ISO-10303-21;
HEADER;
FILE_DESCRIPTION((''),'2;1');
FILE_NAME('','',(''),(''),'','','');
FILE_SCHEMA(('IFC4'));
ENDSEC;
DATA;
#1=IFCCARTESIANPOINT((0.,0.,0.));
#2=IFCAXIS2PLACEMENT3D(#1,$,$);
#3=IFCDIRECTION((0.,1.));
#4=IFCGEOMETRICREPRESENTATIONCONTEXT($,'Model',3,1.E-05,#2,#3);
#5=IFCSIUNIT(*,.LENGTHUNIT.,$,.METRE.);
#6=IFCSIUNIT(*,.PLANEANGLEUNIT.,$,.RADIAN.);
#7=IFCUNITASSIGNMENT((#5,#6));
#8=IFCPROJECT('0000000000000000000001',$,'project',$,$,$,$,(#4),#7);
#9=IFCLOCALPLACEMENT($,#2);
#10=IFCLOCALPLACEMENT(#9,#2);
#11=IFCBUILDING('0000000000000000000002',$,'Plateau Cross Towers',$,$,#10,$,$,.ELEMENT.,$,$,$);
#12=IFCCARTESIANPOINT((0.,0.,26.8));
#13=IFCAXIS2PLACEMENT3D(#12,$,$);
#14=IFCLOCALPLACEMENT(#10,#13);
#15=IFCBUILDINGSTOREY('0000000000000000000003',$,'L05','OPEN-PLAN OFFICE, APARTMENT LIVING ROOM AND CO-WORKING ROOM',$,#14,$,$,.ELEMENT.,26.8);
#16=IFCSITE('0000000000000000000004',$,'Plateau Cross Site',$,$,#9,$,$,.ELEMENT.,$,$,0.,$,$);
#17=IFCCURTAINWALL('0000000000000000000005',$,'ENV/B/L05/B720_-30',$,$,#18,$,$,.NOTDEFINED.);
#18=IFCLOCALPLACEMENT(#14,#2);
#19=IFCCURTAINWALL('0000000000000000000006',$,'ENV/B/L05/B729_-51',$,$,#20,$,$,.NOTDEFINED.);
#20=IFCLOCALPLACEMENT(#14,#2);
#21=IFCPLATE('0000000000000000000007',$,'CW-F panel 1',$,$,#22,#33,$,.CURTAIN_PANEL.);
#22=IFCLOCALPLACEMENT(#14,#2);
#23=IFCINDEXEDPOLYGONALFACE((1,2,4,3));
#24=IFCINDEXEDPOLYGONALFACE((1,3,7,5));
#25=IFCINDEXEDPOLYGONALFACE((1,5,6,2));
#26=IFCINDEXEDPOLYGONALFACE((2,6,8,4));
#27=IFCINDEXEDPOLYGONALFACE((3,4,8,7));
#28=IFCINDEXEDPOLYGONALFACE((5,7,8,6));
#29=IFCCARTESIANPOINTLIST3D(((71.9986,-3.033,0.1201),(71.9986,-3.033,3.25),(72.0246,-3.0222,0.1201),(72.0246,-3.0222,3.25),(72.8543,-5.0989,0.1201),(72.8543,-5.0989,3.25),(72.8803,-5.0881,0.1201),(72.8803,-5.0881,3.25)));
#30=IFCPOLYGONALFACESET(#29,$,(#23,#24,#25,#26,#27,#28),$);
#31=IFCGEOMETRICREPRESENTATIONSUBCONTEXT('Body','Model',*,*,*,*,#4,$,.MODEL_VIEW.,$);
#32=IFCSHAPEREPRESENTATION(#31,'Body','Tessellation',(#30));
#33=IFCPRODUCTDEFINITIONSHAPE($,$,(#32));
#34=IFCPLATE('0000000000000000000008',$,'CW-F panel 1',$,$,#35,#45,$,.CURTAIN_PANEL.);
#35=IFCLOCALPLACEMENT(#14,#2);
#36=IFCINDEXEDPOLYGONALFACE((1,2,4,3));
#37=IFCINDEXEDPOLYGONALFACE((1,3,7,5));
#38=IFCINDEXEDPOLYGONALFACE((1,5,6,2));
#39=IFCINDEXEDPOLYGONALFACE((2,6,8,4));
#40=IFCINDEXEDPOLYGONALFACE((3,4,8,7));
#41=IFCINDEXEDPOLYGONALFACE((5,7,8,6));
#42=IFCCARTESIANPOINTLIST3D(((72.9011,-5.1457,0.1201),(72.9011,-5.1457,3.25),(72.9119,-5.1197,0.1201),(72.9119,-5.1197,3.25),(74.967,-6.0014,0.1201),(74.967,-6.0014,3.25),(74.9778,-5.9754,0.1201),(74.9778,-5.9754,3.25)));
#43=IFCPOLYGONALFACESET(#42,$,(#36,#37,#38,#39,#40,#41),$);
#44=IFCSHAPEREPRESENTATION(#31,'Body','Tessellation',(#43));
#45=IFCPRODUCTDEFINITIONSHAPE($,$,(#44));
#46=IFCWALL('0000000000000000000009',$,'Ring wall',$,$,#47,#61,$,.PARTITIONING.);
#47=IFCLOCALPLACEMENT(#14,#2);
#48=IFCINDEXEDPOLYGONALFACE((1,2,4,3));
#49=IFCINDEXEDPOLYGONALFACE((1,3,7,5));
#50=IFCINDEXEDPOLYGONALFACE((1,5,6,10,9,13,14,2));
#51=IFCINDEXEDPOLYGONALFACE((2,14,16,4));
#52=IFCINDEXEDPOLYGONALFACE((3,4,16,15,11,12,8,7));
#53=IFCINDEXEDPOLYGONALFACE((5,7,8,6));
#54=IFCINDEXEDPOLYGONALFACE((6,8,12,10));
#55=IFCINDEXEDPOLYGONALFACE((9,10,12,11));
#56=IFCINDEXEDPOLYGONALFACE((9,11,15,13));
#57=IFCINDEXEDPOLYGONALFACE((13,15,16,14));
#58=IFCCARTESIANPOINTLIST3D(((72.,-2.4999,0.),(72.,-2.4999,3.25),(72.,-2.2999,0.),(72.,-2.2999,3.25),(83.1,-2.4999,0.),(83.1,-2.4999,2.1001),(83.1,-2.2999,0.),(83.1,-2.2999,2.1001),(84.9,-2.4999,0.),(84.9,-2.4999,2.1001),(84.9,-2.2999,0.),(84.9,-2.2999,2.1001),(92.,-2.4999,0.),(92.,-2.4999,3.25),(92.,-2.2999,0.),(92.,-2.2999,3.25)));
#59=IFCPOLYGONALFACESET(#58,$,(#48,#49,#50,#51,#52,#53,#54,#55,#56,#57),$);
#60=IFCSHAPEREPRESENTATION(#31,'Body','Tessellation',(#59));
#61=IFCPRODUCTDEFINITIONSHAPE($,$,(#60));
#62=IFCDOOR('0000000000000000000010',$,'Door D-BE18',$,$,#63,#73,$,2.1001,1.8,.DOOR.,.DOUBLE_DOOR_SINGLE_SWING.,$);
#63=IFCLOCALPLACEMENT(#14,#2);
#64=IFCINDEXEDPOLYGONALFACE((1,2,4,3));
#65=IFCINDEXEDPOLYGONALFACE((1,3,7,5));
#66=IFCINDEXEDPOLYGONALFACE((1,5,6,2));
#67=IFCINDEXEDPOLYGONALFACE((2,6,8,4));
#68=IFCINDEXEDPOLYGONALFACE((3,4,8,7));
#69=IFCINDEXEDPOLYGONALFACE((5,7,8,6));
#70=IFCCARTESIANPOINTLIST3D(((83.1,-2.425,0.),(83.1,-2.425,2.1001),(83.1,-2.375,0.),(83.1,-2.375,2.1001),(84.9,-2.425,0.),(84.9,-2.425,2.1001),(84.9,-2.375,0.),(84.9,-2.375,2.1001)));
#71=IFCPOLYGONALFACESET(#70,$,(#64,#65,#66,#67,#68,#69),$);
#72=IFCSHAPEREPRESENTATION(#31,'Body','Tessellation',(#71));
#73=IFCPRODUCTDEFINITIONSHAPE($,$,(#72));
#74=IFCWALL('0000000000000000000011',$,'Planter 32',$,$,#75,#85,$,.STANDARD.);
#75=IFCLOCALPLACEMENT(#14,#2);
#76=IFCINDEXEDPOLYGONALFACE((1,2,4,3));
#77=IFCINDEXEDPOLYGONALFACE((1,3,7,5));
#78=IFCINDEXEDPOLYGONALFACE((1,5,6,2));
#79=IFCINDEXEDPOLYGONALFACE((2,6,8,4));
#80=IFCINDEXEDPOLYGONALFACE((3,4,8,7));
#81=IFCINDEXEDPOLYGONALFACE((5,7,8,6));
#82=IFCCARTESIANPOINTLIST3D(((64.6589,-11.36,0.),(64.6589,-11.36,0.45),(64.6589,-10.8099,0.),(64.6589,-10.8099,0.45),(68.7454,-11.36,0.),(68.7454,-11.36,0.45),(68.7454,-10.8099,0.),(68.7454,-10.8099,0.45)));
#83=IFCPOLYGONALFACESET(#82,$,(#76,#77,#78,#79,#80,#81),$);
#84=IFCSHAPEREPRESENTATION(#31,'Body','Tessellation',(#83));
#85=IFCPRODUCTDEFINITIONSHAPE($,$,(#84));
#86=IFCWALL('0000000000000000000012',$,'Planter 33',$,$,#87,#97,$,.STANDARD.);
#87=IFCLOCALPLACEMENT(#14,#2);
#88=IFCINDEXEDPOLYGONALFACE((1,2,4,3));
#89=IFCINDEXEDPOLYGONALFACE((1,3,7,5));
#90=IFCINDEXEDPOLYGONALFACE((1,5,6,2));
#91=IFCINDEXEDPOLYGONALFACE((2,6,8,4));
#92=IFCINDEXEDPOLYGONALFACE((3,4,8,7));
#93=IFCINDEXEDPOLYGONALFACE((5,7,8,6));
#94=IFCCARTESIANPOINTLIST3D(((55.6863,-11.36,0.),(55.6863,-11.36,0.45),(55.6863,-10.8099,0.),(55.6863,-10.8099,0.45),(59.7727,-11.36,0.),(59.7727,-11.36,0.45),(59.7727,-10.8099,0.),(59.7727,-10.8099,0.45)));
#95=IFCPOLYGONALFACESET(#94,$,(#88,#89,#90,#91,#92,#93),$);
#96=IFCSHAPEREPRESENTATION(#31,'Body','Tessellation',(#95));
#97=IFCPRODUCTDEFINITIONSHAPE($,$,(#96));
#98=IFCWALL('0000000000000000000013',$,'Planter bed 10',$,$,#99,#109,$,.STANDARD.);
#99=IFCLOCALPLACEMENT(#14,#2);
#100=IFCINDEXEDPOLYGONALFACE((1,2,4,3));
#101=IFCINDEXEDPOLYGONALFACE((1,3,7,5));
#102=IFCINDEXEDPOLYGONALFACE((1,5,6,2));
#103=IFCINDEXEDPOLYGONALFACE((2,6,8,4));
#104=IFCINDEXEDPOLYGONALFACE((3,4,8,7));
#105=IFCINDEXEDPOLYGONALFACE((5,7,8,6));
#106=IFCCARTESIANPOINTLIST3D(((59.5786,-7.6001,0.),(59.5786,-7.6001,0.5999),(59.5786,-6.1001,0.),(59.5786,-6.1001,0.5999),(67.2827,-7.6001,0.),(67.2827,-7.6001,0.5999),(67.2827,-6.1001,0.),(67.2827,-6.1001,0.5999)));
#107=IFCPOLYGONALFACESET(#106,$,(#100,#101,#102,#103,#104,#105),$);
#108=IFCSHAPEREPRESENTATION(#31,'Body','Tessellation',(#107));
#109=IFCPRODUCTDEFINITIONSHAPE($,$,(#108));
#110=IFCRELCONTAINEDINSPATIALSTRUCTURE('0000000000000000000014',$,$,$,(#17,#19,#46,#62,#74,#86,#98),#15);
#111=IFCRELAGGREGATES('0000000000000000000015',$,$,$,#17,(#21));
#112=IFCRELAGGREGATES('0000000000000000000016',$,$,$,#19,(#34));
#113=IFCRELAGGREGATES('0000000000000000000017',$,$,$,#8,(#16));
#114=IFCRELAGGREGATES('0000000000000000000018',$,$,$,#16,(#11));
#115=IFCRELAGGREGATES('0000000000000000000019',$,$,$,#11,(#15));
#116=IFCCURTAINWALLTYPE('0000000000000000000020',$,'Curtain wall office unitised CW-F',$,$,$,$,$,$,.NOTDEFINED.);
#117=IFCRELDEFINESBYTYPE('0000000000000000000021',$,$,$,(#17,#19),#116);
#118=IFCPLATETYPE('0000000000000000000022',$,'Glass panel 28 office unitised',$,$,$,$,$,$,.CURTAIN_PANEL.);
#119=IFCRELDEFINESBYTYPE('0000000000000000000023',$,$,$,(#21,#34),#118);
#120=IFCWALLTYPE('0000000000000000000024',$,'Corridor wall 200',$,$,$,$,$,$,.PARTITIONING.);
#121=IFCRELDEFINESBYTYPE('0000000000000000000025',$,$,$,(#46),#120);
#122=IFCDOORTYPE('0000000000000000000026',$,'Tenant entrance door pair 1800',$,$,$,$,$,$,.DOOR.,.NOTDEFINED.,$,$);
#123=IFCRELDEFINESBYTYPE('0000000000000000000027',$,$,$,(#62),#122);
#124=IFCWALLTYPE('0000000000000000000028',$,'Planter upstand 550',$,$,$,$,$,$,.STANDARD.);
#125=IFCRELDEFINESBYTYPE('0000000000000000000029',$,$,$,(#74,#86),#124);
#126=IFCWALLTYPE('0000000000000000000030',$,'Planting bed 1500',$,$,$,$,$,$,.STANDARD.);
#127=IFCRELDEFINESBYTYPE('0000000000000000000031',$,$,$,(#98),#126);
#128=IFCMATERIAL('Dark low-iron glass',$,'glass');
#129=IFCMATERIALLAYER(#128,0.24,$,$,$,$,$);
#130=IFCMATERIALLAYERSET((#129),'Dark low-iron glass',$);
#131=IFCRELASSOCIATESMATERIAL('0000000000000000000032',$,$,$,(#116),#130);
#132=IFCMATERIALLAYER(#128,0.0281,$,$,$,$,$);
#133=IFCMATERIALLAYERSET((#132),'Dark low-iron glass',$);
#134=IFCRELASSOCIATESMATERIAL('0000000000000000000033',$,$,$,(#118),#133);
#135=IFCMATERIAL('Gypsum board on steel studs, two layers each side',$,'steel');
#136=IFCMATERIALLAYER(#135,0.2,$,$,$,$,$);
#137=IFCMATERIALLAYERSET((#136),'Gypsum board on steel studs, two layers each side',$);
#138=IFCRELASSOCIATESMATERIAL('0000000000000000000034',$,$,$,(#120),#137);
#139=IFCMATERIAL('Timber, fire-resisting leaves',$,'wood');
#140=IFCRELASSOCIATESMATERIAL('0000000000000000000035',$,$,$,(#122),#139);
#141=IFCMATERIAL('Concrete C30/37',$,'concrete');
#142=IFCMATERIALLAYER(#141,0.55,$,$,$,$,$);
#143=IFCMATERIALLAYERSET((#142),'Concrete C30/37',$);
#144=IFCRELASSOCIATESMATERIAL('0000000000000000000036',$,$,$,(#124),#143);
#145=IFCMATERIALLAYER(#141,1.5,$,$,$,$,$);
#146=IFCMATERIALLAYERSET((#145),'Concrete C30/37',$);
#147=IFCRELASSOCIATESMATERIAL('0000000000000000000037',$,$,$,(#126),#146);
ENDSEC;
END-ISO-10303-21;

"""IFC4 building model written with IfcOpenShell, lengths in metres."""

from ifc_helpers import new_model, si_unit, direction, frame, frame_2d, origin, origin_2d, place, context, subcontext, project, spatial, rectangle, extrude, material, layer, layer_set, type_object, element, fill, aggregate, save


model = new_model("IFC4")

# Units and contexts
model_context = context("Model", 3, precision=1e-05, world=origin(), true_north=direction((0.0, 1.0)))
body_context = subcontext(model_context, "Body", "Model", "MODEL_VIEW")
ifc_project = project(units=[si_unit("LENGTHUNIT", "METRE"), si_unit("PLANEANGLEUNIT", "RADIAN")], contexts=[model_context])

# Site, building, storey
site_placement = place(None, origin())
site = spatial("IfcSite", under=ifc_project, at=site_placement, Name="Plateau Cross Site", CompositionType="ELEMENT", RefElevation=0.0)
building_placement = place(site_placement, origin())
building = spatial("IfcBuilding", under=site, at=building_placement, Name="Plateau Cross Towers", CompositionType="ELEMENT")
storey_placement = place(building_placement, frame((0.0, 0.0, 26.8)))
storey = spatial("IfcBuildingStorey", under=building, at=storey_placement, Name="L05", Description="OPEN-PLAN OFFICE, APARTMENT LIVING ROOM AND CO-WORKING ROOM", CompositionType="ELEMENT", Elevation=26.8)

# Shared definitions
ifc_material_1 = material(Name="Dark low-iron glass", Category="glass")
ifc_layer_1 = layer(ifc_material_1, 0.24)
ifc_layer_set_1 = layer_set([ifc_layer_1], Name="Dark low-iron glass")
curtain_wall_type = type_object("IfcCurtainWallType", Name="Curtain wall office unitised CW-F", PredefinedType="NOTDEFINED", material=ifc_layer_set_1)

# Curtain walls
curtain_wall_1_placement = place(storey_placement, origin())
curtain_wall_1 = element("IfcCurtainWall", 1, at=curtain_wall_1_placement, inside=storey, type_object=curtain_wall_type, Name="ENV/B/L05/B720_-30", PredefinedType="NOTDEFINED")
curtain_wall_2_placement = place(storey_placement, origin())
curtain_wall_2 = element("IfcCurtainWall", 2, at=curtain_wall_2_placement, inside=storey, type_object=curtain_wall_type, Name="ENV/B/L05/B729_-51", PredefinedType="NOTDEFINED")

# Plates
ifc_layer_2 = layer(ifc_material_1, 0.0281)
ifc_layer_set_2 = layer_set([ifc_layer_2], Name="Dark low-iron glass")
plate_type = type_object("IfcPlateType", Name="Glass panel 28 office unitised", PredefinedType="CURTAIN_PANEL", material=ifc_layer_set_2)
plate_1_placement = place(storey_placement, frame((72.4395, -4.0605, 0.1201), z_axis=(0.0, 0.0, 1.0), x_axis=(0.382684, -0.923879, 0.0)))
plate_1 = element("IfcPlate", 3, at=plate_1_placement, type_object=plate_type, Name="CW-F panel 1", PredefinedType="CURTAIN_PANEL", context=body_context, shape_type="SweptSolid", body=[
    extrude(rectangle(XDim=2.2361, YDim=0.0281, at=origin_2d()), origin(), (0.0, 0.0, 1.0), 3.1299),
])
aggregate(curtain_wall_1, [plate_1])
plate_2_placement = place(storey_placement, frame((73.9395, -5.5605, 0.1201), z_axis=(0.0, 0.0, 1.0), x_axis=(0.923879, -0.382684, 0.0)))
plate_2 = element("IfcPlate", 4, at=plate_2_placement, type_object=plate_type, Name="CW-F panel 1", PredefinedType="CURTAIN_PANEL", context=body_context, shape_type="SweptSolid", body=[
    extrude(rectangle(XDim=2.2361, YDim=0.0281, at=origin_2d()), origin(), (0.0, 0.0, 1.0), 3.1299),
])
aggregate(curtain_wall_2, [plate_2])

# Wall, opening, door
ifc_material_2 = material(Name="Gypsum board on steel studs, two layers each side", Category="steel")
ifc_layer_3 = layer(ifc_material_2, 0.2)
ifc_layer_set_3 = layer_set([ifc_layer_3], Name="Gypsum board on steel studs, two layers each side")
wall_type_1 = type_object("IfcWallType", Name="Corridor wall 200", PredefinedType="PARTITIONING", material=ifc_layer_set_3)
wall_1_placement = place(storey_placement, frame((72.0, -2.3999, 0.0), z_axis=(0.0, 0.0, 1.0), x_axis=(1.0, 0.0, 0.0)))
wall_1 = element("IfcWall", 5, at=wall_1_placement, inside=storey, type_object=wall_type_1, Name="Ring wall", PredefinedType="PARTITIONING", context=body_context, shape_type="SweptSolid", body=[
    extrude(rectangle(XDim=20.0, YDim=0.2, at=frame_2d((10.0, 0.0))), origin(), (0.0, 0.0, 1.0), 3.25),
])
opening_placement = place(wall_1_placement, frame((11.1001, 0.0, 0.0)))
opening = element("IfcOpeningElement", 6, at=opening_placement, cuts=wall_1, PredefinedType="OPENING", context=body_context, shape_type="SweptSolid", body=[
    extrude(rectangle(XDim=1.8, YDim=2.1001, at=frame_2d((0.8999, 1.05))), frame((0.0, 0.1099, 0.0), z_axis=(0.0, -1.0, 0.0), x_axis=(1.0, 0.0, 0.0)), (0.0, 0.0, 1.0), 0.22),
])
ifc_material_3 = material(Name="Timber, fire-resisting leaves", Category="wood")
door_type = type_object("IfcDoorType", Name="Tenant entrance door pair 1800", OperationType="NOTDEFINED", PredefinedType="DOOR", material=ifc_material_3)
door_placement = place(opening_placement, origin())
door = element("IfcDoor", 7, at=door_placement, inside=storey, type_object=door_type, Name="Door D-BE18", OperationType="DOUBLE_DOOR_SINGLE_SWING", OverallHeight=2.1001, OverallWidth=1.8, PredefinedType="DOOR", context=body_context, shape_type="SweptSolid", body=[
    extrude(rectangle(XDim=1.8, YDim=2.1001, at=frame_2d((0.8999, 1.05))), frame((0.0, 0.0249, 0.0), z_axis=(0.0, -1.0, 0.0), x_axis=(1.0, 0.0, 0.0)), (0.0, 0.0, 1.0), 0.05),
])
fill(opening, door)

# Walls
ifc_material_4 = material(Name="Concrete C30/37", Category="concrete")
ifc_layer_4 = layer(ifc_material_4, 0.55)
ifc_layer_set_4 = layer_set([ifc_layer_4], Name="Concrete C30/37")
wall_type_2 = type_object("IfcWallType", Name="Planter upstand 550", PredefinedType="STANDARD", material=ifc_layer_set_4)
for number, where, z_axis, x_axis, name in (
    (8, (68.7454, -11.085, 0.0), (0.0, 0.0, 1.0), (-1.0, 0.0, 0.0), "Planter 32"),
    (9, (59.7727, -11.085, 0.0), (0.0, 0.0, 1.0), (-1.0, 0.0, 0.0), "Planter 33"),
):
    element("IfcWall", number, at=place(storey_placement, frame(where, z_axis=z_axis, x_axis=x_axis)), inside=storey, type_object=wall_type_2, Name=name, PredefinedType="STANDARD", context=body_context, shape_type="SweptSolid", body=[
        extrude(rectangle(XDim=4.0864, YDim=0.55, at=frame_2d((2.0432, 0.0))), origin(), (0.0, 0.0, 1.0), 0.45),
    ])
ifc_layer_5 = layer(ifc_material_4, 1.5)
ifc_layer_set_5 = layer_set([ifc_layer_5], Name="Concrete C30/37")
wall_type_3 = type_object("IfcWallType", Name="Planting bed 1500", PredefinedType="STANDARD", material=ifc_layer_set_5)
wall_2_placement = place(storey_placement, frame((67.2827, -6.8501, 0.0), z_axis=(0.0, 0.0, 1.0), x_axis=(-1.0, 0.0, 0.0)))
element("IfcWall", 10, at=wall_2_placement, inside=storey, type_object=wall_type_3, Name="Planter bed 10", PredefinedType="STANDARD", context=body_context, shape_type="SweptSolid", body=[
    extrude(rectangle(XDim=7.7041, YDim=1.5, at=frame_2d((3.8521, 0.0))), origin(), (0.0, 0.0, 1.0), 0.5999),
])

save(model, "model.ifc")
